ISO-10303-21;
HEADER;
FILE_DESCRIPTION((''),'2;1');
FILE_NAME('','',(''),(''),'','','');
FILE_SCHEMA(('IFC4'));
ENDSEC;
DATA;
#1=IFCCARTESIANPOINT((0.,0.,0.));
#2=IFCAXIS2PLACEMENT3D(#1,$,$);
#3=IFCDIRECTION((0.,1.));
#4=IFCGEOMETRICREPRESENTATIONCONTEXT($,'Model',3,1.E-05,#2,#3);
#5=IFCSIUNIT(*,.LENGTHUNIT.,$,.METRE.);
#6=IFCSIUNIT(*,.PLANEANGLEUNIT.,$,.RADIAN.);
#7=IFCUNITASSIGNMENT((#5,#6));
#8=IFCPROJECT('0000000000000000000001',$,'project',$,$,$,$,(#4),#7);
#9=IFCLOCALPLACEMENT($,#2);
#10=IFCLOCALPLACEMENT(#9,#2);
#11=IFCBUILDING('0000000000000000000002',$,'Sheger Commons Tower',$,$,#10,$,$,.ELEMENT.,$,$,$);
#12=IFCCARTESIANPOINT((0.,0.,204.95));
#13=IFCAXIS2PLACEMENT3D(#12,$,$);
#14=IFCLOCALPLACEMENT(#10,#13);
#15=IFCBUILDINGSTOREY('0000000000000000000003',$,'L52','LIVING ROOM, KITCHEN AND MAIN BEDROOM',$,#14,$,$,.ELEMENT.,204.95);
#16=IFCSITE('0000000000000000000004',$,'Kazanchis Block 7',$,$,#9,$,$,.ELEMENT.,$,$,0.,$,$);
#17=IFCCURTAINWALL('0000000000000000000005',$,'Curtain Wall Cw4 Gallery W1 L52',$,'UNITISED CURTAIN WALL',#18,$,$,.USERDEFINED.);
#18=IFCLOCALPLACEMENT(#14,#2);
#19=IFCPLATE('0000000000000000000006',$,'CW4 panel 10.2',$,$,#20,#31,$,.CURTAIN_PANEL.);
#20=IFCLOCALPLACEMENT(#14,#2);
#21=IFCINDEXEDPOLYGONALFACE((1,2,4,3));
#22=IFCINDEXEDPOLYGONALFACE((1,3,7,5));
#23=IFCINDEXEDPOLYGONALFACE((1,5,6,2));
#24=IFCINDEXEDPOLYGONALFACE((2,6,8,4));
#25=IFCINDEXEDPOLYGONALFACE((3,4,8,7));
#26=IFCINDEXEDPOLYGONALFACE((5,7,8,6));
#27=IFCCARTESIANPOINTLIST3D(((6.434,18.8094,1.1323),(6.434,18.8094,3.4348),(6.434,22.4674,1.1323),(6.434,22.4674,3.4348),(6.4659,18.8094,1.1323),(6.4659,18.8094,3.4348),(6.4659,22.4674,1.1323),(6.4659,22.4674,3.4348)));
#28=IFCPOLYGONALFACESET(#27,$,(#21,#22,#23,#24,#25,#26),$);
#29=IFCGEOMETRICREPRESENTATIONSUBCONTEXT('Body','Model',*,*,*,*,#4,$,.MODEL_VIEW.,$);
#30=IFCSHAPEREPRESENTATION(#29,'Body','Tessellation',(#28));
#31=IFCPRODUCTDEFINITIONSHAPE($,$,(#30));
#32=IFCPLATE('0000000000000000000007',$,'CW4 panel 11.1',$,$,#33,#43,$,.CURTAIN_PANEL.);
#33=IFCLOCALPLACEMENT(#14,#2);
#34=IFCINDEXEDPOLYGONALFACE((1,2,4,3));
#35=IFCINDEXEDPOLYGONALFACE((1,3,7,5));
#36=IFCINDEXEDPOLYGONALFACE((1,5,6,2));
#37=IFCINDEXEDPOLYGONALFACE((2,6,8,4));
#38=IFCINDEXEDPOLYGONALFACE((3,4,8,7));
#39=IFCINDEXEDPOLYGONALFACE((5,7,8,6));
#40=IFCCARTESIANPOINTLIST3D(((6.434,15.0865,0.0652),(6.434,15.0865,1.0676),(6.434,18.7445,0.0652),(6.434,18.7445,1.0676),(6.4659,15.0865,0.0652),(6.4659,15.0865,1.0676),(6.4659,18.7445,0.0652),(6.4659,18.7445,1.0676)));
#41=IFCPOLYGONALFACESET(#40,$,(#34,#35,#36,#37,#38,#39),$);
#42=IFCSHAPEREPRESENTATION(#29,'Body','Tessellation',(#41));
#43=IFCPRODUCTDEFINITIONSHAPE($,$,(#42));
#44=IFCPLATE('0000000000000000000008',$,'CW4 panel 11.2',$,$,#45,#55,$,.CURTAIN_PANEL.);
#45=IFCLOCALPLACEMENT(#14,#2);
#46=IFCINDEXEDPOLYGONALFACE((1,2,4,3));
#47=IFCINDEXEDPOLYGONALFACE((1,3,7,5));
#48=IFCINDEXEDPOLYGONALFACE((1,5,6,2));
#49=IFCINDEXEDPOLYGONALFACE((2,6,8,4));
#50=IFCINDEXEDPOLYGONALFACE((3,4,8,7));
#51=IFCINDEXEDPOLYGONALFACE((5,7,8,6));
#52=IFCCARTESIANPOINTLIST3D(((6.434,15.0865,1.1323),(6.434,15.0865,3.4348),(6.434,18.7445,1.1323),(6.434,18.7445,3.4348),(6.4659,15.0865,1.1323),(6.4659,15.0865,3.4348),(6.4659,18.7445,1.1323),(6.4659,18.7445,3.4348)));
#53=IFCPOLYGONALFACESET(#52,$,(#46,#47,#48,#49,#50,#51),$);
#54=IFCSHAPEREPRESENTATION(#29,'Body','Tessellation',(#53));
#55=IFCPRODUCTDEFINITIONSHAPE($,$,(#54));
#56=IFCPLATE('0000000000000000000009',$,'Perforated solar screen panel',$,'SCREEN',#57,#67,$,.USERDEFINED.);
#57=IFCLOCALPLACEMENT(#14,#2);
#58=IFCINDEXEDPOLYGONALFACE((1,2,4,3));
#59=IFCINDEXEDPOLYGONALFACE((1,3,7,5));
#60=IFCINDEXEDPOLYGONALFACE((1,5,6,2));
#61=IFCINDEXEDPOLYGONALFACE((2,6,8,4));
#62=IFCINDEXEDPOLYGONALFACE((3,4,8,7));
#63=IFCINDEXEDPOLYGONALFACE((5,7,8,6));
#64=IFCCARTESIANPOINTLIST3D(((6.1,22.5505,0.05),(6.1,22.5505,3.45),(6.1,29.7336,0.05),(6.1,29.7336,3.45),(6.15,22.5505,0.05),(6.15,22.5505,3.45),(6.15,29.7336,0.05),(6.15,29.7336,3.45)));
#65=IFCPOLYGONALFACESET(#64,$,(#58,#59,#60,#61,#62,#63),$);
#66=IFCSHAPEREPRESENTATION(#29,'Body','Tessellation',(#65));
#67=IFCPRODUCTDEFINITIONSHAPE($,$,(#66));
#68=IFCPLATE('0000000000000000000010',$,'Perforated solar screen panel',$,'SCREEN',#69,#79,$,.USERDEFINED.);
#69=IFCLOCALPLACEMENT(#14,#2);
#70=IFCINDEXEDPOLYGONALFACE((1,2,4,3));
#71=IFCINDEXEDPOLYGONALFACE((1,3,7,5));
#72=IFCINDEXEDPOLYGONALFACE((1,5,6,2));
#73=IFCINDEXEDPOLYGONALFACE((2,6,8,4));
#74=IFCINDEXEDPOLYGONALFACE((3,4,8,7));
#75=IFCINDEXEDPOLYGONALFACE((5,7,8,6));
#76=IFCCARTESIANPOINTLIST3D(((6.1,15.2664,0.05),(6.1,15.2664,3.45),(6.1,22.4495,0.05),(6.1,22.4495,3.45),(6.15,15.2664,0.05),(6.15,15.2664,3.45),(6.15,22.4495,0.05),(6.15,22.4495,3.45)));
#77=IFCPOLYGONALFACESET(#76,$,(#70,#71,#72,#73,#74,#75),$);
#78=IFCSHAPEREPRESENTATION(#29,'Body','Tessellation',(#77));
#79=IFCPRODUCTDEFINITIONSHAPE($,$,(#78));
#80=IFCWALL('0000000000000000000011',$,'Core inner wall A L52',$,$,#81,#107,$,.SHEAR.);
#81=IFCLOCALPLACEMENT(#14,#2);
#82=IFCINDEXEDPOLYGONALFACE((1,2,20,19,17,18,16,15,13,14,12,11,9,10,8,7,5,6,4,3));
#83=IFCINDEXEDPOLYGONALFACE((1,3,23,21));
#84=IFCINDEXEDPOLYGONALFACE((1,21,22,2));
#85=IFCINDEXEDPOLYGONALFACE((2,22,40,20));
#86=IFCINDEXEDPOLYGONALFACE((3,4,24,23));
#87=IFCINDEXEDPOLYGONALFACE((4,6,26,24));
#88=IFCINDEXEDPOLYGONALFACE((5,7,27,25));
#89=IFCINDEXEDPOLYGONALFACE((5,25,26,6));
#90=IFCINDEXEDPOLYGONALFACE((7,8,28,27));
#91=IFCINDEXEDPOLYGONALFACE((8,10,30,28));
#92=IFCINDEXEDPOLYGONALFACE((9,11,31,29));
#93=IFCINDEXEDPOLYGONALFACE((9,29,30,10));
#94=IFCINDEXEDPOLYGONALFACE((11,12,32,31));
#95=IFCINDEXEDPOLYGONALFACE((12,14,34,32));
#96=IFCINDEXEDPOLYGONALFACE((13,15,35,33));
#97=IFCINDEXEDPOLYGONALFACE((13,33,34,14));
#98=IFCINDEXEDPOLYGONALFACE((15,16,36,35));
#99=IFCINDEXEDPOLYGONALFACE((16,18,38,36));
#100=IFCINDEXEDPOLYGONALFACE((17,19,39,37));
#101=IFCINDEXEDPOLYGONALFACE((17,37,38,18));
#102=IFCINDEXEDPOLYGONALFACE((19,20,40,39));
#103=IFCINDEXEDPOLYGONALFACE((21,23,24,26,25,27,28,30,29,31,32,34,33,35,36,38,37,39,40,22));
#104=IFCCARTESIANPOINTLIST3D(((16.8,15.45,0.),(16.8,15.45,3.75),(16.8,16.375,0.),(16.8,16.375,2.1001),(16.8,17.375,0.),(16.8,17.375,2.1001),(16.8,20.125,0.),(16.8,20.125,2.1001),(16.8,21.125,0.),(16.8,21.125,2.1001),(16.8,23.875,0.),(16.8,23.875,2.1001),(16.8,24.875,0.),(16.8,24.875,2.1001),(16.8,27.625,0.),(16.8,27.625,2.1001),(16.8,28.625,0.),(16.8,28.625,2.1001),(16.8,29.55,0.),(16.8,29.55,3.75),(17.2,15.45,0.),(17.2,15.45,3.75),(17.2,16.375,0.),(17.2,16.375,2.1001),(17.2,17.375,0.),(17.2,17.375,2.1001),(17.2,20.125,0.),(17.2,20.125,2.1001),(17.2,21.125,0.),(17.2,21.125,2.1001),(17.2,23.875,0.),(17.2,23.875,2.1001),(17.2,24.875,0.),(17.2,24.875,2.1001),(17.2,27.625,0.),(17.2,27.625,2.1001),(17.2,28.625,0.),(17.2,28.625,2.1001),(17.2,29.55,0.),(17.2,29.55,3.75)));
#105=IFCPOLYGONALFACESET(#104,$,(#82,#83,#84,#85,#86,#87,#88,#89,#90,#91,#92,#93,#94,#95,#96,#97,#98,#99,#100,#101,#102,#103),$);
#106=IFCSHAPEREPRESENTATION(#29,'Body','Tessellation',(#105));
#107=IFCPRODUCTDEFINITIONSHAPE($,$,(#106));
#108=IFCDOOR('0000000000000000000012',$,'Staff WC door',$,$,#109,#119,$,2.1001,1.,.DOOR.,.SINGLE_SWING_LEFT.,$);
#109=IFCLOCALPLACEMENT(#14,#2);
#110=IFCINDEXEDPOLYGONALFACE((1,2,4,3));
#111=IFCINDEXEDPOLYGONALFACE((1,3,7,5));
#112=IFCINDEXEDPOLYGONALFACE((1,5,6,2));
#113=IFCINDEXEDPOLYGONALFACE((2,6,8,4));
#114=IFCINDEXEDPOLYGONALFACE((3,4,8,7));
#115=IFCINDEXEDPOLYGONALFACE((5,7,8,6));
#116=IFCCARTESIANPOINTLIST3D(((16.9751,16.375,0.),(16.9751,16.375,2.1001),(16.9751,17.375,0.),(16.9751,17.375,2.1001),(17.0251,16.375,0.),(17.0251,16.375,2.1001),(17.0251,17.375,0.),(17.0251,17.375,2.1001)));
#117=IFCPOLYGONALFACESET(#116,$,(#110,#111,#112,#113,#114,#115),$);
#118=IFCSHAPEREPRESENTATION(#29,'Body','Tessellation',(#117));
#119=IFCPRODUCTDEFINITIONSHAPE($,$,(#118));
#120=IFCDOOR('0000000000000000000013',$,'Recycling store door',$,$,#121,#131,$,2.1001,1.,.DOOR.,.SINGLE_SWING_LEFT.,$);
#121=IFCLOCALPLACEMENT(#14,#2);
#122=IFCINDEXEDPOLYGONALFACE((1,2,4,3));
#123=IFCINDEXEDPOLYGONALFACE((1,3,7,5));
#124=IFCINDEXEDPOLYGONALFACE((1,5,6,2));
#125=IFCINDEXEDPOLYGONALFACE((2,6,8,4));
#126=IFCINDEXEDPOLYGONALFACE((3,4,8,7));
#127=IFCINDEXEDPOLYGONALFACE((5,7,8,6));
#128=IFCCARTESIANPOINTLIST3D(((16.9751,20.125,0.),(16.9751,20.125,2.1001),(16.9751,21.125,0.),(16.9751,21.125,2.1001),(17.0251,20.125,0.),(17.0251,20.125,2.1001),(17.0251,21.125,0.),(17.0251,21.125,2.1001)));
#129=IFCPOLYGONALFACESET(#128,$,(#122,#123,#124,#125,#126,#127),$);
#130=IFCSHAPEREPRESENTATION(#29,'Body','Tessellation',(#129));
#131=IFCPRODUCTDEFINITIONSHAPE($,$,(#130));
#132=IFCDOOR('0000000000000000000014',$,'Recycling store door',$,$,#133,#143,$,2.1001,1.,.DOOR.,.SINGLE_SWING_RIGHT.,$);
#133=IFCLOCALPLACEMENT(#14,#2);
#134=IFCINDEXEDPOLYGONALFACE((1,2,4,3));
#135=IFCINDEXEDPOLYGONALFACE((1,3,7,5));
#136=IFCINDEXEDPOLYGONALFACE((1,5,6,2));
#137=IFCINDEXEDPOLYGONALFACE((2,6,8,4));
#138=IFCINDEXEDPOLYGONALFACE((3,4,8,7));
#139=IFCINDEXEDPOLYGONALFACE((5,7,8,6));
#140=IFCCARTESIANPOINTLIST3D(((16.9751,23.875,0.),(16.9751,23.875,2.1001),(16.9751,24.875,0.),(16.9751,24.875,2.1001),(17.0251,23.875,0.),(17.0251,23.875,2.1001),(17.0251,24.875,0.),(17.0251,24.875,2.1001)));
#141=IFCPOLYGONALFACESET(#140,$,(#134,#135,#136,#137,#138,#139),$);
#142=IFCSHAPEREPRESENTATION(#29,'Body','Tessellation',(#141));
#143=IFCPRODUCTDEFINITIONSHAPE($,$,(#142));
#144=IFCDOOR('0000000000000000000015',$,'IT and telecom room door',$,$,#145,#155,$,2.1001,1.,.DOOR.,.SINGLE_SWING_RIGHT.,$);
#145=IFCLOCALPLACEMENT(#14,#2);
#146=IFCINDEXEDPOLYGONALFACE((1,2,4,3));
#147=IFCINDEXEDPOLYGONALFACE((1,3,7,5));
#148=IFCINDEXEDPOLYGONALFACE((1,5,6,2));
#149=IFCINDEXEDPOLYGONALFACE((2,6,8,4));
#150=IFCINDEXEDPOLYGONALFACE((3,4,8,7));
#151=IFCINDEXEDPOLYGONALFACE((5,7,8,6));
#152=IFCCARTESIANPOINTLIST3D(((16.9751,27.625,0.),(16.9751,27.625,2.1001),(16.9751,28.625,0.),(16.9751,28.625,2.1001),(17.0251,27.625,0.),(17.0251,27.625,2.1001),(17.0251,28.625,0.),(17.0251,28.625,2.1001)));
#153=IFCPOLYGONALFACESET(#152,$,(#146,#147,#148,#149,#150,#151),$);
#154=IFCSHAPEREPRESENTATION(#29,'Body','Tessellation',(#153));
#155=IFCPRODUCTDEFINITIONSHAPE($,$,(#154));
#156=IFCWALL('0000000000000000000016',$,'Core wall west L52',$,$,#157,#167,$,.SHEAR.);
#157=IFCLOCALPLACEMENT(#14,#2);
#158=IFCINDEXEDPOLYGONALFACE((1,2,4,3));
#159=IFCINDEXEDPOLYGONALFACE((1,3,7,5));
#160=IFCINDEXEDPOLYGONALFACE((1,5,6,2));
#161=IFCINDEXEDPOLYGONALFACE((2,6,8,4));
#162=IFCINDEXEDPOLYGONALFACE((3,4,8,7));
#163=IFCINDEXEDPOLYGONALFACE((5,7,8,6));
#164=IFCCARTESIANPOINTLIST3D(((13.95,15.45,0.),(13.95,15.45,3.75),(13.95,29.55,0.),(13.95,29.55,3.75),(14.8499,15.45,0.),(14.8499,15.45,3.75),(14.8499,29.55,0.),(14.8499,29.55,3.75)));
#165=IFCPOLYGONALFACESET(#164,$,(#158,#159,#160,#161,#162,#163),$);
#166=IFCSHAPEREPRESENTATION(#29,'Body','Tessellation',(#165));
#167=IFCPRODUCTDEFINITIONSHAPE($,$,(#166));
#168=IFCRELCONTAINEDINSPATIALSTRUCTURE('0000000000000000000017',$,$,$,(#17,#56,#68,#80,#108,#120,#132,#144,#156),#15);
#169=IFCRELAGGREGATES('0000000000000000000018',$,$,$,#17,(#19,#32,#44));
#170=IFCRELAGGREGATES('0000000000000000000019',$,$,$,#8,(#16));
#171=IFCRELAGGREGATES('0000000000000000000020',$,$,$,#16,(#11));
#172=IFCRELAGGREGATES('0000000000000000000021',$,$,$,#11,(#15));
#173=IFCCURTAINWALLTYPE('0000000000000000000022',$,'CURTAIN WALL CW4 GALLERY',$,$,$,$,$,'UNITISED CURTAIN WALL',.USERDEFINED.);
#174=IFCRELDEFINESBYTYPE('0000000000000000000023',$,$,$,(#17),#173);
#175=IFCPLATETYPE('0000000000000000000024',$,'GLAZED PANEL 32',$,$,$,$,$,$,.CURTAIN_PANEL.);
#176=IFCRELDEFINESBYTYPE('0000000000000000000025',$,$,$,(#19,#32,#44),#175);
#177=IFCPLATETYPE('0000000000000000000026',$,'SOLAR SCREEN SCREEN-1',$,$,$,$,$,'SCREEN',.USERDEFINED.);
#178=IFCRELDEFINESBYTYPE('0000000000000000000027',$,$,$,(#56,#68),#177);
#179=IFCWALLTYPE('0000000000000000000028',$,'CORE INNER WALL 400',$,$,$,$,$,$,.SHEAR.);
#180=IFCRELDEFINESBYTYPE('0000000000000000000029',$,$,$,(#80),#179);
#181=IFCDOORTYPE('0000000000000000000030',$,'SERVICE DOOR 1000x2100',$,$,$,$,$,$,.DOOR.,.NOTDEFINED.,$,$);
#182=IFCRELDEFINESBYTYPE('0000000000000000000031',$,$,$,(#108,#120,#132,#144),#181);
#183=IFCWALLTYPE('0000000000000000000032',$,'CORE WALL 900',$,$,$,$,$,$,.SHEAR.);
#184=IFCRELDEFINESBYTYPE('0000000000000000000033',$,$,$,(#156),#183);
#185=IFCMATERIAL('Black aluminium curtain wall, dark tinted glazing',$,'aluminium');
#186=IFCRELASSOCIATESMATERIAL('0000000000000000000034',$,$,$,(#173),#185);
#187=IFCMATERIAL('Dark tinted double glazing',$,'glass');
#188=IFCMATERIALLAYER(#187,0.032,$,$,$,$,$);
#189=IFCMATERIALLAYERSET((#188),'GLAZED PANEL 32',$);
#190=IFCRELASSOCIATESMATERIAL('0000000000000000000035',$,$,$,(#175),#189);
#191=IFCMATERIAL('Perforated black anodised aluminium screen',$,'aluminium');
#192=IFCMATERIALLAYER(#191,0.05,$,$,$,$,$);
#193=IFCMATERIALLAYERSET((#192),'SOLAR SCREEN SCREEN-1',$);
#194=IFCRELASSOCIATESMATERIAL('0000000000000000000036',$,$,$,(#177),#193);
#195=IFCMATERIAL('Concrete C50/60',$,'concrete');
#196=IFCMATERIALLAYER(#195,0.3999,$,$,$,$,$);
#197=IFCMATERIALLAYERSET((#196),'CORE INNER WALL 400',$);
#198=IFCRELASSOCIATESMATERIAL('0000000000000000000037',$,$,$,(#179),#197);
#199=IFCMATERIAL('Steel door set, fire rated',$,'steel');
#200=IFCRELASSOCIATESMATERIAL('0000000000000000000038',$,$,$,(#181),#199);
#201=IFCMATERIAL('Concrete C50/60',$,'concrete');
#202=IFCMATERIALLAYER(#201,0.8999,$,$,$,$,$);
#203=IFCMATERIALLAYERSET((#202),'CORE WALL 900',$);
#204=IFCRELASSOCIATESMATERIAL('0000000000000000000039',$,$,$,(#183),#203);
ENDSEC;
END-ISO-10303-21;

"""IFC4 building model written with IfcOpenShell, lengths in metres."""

from ifc_helpers import new_model, si_unit, direction, frame, frame_2d, origin, origin_2d, place, context, subcontext, project, spatial, rectangle, extrude, material, layer, layer_set, type_object, element, fill, aggregate, save


model = new_model("IFC4")

# Units and contexts
model_context = context("Model", 3, precision=1e-05, world=origin(), true_north=direction((0.0, 1.0)))
body_context = subcontext(model_context, "Body", "Model", "MODEL_VIEW")
ifc_project = project(units=[si_unit("LENGTHUNIT", "METRE"), si_unit("PLANEANGLEUNIT", "RADIAN")], contexts=[model_context])

# Site, building, storey
site_placement = place(None, origin())
site = spatial("IfcSite", under=ifc_project, at=site_placement, Name="Kazanchis Block 7", CompositionType="ELEMENT", RefElevation=0.0)
building_placement = place(site_placement, origin())
building = spatial("IfcBuilding", under=site, at=building_placement, Name="Sheger Commons Tower", CompositionType="ELEMENT")
storey_placement = place(building_placement, frame((0.0, 0.0, 204.95)))
storey = spatial("IfcBuildingStorey", under=building, at=storey_placement, Name="L52", Description="LIVING ROOM, KITCHEN AND MAIN BEDROOM", CompositionType="ELEMENT", Elevation=204.95)

# Curtain wall
ifc_material_1 = material(Name="Black aluminium curtain wall, dark tinted glazing", Category="aluminium")
curtain_wall_type = type_object("IfcCurtainWallType", Name="CURTAIN WALL CW4 GALLERY", ElementType="UNITISED CURTAIN WALL", PredefinedType="USERDEFINED", material=ifc_material_1)
curtain_wall_placement = place(storey_placement, origin())
curtain_wall = element("IfcCurtainWall", 1, at=curtain_wall_placement, inside=storey, type_object=curtain_wall_type, Name="Curtain Wall Cw4 Gallery W1 L52", ObjectType="UNITISED CURTAIN WALL", PredefinedType="USERDEFINED")

# Plates
ifc_material_2 = material(Name="Dark tinted double glazing", Category="glass")
ifc_layer_1 = layer(ifc_material_2, 0.032)
ifc_layer_set_1 = layer_set([ifc_layer_1], Name="GLAZED PANEL 32")
plate_type_1 = type_object("IfcPlateType", Name="GLAZED PANEL 32", PredefinedType="CURTAIN_PANEL", material=ifc_layer_set_1)
plate_1_placement = place(storey_placement, frame((6.45, 20.6384, 1.1323), z_axis=(0.0, 0.0, 1.0), x_axis=(0.0, -1.0, 0.0)))
plate_1 = element("IfcPlate", 2, at=plate_1_placement, type_object=plate_type_1, Name="CW4 panel 10.2", PredefinedType="CURTAIN_PANEL", context=body_context, shape_type="SweptSolid", body=[
    extrude(rectangle(XDim=3.658, YDim=0.032, at=origin_2d()), origin(), (0.0, 0.0, 1.0), 2.3025),
])
plate_2_placement = place(storey_placement, frame((6.45, 16.9155, 0.0652), z_axis=(0.0, 0.0, 1.0), x_axis=(0.0, -1.0, 0.0)))
plate_2 = element("IfcPlate", 3, at=plate_2_placement, type_object=plate_type_1, Name="CW4 panel 11.1", PredefinedType="CURTAIN_PANEL", context=body_context, shape_type="SweptSolid", body=[
    extrude(rectangle(XDim=3.658, YDim=0.032, at=origin_2d()), origin(), (0.0, 0.0, 1.0), 1.0024),
])
plate_3_placement = place(storey_placement, frame((6.45, 16.9155, 1.1323), z_axis=(0.0, 0.0, 1.0), x_axis=(0.0, -1.0, 0.0)))
plate_3 = element("IfcPlate", 4, at=plate_3_placement, type_object=plate_type_1, Name="CW4 panel 11.2", PredefinedType="CURTAIN_PANEL", context=body_context, shape_type="SweptSolid", body=[
    extrude(rectangle(XDim=3.658, YDim=0.032, at=origin_2d()), origin(), (0.0, 0.0, 1.0), 2.3025),
])
aggregate(curtain_wall, [plate_1, plate_2, plate_3])

# Plates
ifc_material_3 = material(Name="Perforated black anodised aluminium screen", Category="aluminium")
ifc_layer_2 = layer(ifc_material_3, 0.05)
ifc_layer_set_2 = layer_set([ifc_layer_2], Name="SOLAR SCREEN SCREEN-1")
plate_type_2 = type_object("IfcPlateType", Name="SOLAR SCREEN SCREEN-1", ElementType="SCREEN", PredefinedType="USERDEFINED", material=ifc_layer_set_2)
for number, where, z_axis, x_axis, name in (
    (5, (6.125, 26.1421, 0.05), (0.0, 0.0, 1.0), (0.0, -1.0, 0.0), "Perforated solar screen panel"),
    (6, (6.125, 18.8579, 0.05), (0.0, 0.0, 1.0), (0.0, -1.0, 0.0), "Perforated solar screen panel"),
):
    element("IfcPlate", number, at=place(storey_placement, frame(where, z_axis=z_axis, x_axis=x_axis)), inside=storey, type_object=plate_type_2, Name=name, ObjectType="SCREEN", PredefinedType="USERDEFINED", context=body_context, shape_type="SweptSolid", body=[
        extrude(rectangle(XDim=7.1831, YDim=0.05, at=origin_2d()), origin(), (0.0, 0.0, 1.0), 3.3999),
    ])

# Wall, openings, doors
ifc_material_4 = material(Name="Concrete C50/60", Category="concrete")
ifc_layer_3 = layer(ifc_material_4, 0.3999)
ifc_layer_set_3 = layer_set([ifc_layer_3], Name="CORE INNER WALL 400")
wall_type_1 = type_object("IfcWallType", Name="CORE INNER WALL 400", PredefinedType="SHEAR", material=ifc_layer_set_3)
wall_1_placement = place(storey_placement, frame((17.0, 15.45, 0.0), z_axis=(0.0, 0.0, 1.0), x_axis=(0.0, 1.0, 0.0)))
wall_1 = element("IfcWall", 7, at=wall_1_placement, inside=storey, type_object=wall_type_1, Name="Core inner wall A L52", PredefinedType="SHEAR", context=body_context, shape_type="SweptSolid", body=[
    extrude(rectangle(XDim=14.1001, YDim=0.3999, at=frame_2d((7.05, 0.0))), origin(), (0.0, 0.0, 1.0), 3.75),
])
opening_1_placement = place(wall_1_placement, frame((0.925, 0.0, 0.0)))
opening_1 = element("IfcOpeningElement", 8, at=opening_1_placement, cuts=wall_1, PredefinedType="OPENING", context=body_context, shape_type="SweptSolid", body=[
    extrude(rectangle(XDim=1.0, YDim=2.1001, at=frame_2d((0.5, 1.05))), frame((0.0, 0.21, 0.0), z_axis=(0.0, -1.0, 0.0), x_axis=(1.0, 0.0, 0.0)), (0.0, 0.0, 1.0), 0.4199),
])
opening_2_placement = place(wall_1_placement, frame((4.675, 0.0, 0.0)))
opening_2 = element("IfcOpeningElement", 9, at=opening_2_placement, cuts=wall_1, PredefinedType="OPENING", context=body_context, shape_type="SweptSolid", body=[
    extrude(rectangle(XDim=1.0, YDim=2.1001, at=frame_2d((0.5, 1.05))), frame((0.0, 0.21, 0.0), z_axis=(0.0, -1.0, 0.0), x_axis=(1.0, 0.0, 0.0)), (0.0, 0.0, 1.0), 0.4199),
])
opening_3_placement = place(wall_1_placement, frame((8.425, 0.0, 0.0)))
opening_3 = element("IfcOpeningElement", 10, at=opening_3_placement, cuts=wall_1, PredefinedType="OPENING", context=body_context, shape_type="SweptSolid", body=[
    extrude(rectangle(XDim=1.0, YDim=2.1001, at=frame_2d((0.5, 1.05))), frame((0.0, 0.21, 0.0), z_axis=(0.0, -1.0, 0.0), x_axis=(1.0, 0.0, 0.0)), (0.0, 0.0, 1.0), 0.4199),
])
opening_4_placement = place(wall_1_placement, frame((12.175, 0.0, 0.0)))
opening_4 = element("IfcOpeningElement", 11, at=opening_4_placement, cuts=wall_1, PredefinedType="OPENING", context=body_context, shape_type="SweptSolid", body=[
    extrude(rectangle(XDim=1.0, YDim=2.1001, at=frame_2d((0.5, 1.05))), frame((0.0, 0.21, 0.0), z_axis=(0.0, -1.0, 0.0), x_axis=(1.0, 0.0, 0.0)), (0.0, 0.0, 1.0), 0.4199),
])
ifc_material_5 = material(Name="Steel door set, fire rated", Category="steel")
door_type = type_object("IfcDoorType", Name="SERVICE DOOR 1000x2100", OperationType="NOTDEFINED", PredefinedType="DOOR", material=ifc_material_5)
door_1_placement = place(opening_1_placement, origin())
door_1 = element("IfcDoor", 12, at=door_1_placement, inside=storey, type_object=door_type, Name="Staff WC door", OperationType="SINGLE_SWING_LEFT", OverallHeight=2.1001, OverallWidth=1.0, PredefinedType="DOOR", context=body_context, shape_type="SweptSolid", body=[
    extrude(rectangle(XDim=1.0, YDim=2.1001, at=frame_2d((0.5, 1.05))), frame((0.0, 0.0249, 0.0), z_axis=(0.0, -1.0, 0.0), x_axis=(1.0, 0.0, 0.0)), (0.0, 0.0, 1.0), 0.05),
])
fill(opening_1, door_1)
door_2_placement = place(opening_2_placement, origin())
door_2 = element("IfcDoor", 13, at=door_2_placement, inside=storey, type_object=door_type, Name="Recycling store door", OperationType="SINGLE_SWING_LEFT", OverallHeight=2.1001, OverallWidth=1.0, PredefinedType="DOOR", context=body_context, shape_type="SweptSolid", body=[
    extrude(rectangle(XDim=1.0, YDim=2.1001, at=frame_2d((0.5, 1.05))), frame((0.0, 0.0249, 0.0), z_axis=(0.0, -1.0, 0.0), x_axis=(1.0, 0.0, 0.0)), (0.0, 0.0, 1.0), 0.05),
])
fill(opening_2, door_2)
door_3_placement = place(opening_3_placement, origin())
door_3 = element("IfcDoor", 14, at=door_3_placement, inside=storey, type_object=door_type, Name="Recycling store door", OperationType="SINGLE_SWING_RIGHT", OverallHeight=2.1001, OverallWidth=1.0, PredefinedType="DOOR", context=body_context, shape_type="SweptSolid", body=[
    extrude(rectangle(XDim=1.0, YDim=2.1001, at=frame_2d((0.5, 1.05))), frame((0.0, 0.0249, 0.0), z_axis=(0.0, -1.0, 0.0), x_axis=(1.0, 0.0, 0.0)), (0.0, 0.0, 1.0), 0.05),
])
fill(opening_3, door_3)
door_4_placement = place(opening_4_placement, origin())
door_4 = element("IfcDoor", 15, at=door_4_placement, inside=storey, type_object=door_type, Name="IT and telecom room door", OperationType="SINGLE_SWING_RIGHT", OverallHeight=2.1001, OverallWidth=1.0, PredefinedType="DOOR", context=body_context, shape_type="SweptSolid", body=[
    extrude(rectangle(XDim=1.0, YDim=2.1001, at=frame_2d((0.5, 1.05))), frame((0.0, 0.0249, 0.0), z_axis=(0.0, -1.0, 0.0), x_axis=(1.0, 0.0, 0.0)), (0.0, 0.0, 1.0), 0.05),
])
fill(opening_4, door_4)

# Wall
ifc_material_6 = material(Name="Concrete C50/60", Category="concrete")
ifc_layer_4 = layer(ifc_material_6, 0.8999)
ifc_layer_set_4 = layer_set([ifc_layer_4], Name="CORE WALL 900")
wall_type_2 = type_object("IfcWallType", Name="CORE WALL 900", PredefinedType="SHEAR", material=ifc_layer_set_4)
wall_2_placement = place(storey_placement, frame((14.3999, 15.45, 0.0), z_axis=(0.0, 0.0, 1.0), x_axis=(0.0, 1.0, 0.0)))
element("IfcWall", 16, at=wall_2_placement, inside=storey, type_object=wall_type_2, Name="Core wall west L52", PredefinedType="SHEAR", context=body_context, shape_type="SweptSolid", body=[
    extrude(rectangle(XDim=14.1001, YDim=0.8999, at=frame_2d((7.05, 0.0))), origin(), (0.0, 0.0, 1.0), 3.75),
])

save(model, "model.ifc")
